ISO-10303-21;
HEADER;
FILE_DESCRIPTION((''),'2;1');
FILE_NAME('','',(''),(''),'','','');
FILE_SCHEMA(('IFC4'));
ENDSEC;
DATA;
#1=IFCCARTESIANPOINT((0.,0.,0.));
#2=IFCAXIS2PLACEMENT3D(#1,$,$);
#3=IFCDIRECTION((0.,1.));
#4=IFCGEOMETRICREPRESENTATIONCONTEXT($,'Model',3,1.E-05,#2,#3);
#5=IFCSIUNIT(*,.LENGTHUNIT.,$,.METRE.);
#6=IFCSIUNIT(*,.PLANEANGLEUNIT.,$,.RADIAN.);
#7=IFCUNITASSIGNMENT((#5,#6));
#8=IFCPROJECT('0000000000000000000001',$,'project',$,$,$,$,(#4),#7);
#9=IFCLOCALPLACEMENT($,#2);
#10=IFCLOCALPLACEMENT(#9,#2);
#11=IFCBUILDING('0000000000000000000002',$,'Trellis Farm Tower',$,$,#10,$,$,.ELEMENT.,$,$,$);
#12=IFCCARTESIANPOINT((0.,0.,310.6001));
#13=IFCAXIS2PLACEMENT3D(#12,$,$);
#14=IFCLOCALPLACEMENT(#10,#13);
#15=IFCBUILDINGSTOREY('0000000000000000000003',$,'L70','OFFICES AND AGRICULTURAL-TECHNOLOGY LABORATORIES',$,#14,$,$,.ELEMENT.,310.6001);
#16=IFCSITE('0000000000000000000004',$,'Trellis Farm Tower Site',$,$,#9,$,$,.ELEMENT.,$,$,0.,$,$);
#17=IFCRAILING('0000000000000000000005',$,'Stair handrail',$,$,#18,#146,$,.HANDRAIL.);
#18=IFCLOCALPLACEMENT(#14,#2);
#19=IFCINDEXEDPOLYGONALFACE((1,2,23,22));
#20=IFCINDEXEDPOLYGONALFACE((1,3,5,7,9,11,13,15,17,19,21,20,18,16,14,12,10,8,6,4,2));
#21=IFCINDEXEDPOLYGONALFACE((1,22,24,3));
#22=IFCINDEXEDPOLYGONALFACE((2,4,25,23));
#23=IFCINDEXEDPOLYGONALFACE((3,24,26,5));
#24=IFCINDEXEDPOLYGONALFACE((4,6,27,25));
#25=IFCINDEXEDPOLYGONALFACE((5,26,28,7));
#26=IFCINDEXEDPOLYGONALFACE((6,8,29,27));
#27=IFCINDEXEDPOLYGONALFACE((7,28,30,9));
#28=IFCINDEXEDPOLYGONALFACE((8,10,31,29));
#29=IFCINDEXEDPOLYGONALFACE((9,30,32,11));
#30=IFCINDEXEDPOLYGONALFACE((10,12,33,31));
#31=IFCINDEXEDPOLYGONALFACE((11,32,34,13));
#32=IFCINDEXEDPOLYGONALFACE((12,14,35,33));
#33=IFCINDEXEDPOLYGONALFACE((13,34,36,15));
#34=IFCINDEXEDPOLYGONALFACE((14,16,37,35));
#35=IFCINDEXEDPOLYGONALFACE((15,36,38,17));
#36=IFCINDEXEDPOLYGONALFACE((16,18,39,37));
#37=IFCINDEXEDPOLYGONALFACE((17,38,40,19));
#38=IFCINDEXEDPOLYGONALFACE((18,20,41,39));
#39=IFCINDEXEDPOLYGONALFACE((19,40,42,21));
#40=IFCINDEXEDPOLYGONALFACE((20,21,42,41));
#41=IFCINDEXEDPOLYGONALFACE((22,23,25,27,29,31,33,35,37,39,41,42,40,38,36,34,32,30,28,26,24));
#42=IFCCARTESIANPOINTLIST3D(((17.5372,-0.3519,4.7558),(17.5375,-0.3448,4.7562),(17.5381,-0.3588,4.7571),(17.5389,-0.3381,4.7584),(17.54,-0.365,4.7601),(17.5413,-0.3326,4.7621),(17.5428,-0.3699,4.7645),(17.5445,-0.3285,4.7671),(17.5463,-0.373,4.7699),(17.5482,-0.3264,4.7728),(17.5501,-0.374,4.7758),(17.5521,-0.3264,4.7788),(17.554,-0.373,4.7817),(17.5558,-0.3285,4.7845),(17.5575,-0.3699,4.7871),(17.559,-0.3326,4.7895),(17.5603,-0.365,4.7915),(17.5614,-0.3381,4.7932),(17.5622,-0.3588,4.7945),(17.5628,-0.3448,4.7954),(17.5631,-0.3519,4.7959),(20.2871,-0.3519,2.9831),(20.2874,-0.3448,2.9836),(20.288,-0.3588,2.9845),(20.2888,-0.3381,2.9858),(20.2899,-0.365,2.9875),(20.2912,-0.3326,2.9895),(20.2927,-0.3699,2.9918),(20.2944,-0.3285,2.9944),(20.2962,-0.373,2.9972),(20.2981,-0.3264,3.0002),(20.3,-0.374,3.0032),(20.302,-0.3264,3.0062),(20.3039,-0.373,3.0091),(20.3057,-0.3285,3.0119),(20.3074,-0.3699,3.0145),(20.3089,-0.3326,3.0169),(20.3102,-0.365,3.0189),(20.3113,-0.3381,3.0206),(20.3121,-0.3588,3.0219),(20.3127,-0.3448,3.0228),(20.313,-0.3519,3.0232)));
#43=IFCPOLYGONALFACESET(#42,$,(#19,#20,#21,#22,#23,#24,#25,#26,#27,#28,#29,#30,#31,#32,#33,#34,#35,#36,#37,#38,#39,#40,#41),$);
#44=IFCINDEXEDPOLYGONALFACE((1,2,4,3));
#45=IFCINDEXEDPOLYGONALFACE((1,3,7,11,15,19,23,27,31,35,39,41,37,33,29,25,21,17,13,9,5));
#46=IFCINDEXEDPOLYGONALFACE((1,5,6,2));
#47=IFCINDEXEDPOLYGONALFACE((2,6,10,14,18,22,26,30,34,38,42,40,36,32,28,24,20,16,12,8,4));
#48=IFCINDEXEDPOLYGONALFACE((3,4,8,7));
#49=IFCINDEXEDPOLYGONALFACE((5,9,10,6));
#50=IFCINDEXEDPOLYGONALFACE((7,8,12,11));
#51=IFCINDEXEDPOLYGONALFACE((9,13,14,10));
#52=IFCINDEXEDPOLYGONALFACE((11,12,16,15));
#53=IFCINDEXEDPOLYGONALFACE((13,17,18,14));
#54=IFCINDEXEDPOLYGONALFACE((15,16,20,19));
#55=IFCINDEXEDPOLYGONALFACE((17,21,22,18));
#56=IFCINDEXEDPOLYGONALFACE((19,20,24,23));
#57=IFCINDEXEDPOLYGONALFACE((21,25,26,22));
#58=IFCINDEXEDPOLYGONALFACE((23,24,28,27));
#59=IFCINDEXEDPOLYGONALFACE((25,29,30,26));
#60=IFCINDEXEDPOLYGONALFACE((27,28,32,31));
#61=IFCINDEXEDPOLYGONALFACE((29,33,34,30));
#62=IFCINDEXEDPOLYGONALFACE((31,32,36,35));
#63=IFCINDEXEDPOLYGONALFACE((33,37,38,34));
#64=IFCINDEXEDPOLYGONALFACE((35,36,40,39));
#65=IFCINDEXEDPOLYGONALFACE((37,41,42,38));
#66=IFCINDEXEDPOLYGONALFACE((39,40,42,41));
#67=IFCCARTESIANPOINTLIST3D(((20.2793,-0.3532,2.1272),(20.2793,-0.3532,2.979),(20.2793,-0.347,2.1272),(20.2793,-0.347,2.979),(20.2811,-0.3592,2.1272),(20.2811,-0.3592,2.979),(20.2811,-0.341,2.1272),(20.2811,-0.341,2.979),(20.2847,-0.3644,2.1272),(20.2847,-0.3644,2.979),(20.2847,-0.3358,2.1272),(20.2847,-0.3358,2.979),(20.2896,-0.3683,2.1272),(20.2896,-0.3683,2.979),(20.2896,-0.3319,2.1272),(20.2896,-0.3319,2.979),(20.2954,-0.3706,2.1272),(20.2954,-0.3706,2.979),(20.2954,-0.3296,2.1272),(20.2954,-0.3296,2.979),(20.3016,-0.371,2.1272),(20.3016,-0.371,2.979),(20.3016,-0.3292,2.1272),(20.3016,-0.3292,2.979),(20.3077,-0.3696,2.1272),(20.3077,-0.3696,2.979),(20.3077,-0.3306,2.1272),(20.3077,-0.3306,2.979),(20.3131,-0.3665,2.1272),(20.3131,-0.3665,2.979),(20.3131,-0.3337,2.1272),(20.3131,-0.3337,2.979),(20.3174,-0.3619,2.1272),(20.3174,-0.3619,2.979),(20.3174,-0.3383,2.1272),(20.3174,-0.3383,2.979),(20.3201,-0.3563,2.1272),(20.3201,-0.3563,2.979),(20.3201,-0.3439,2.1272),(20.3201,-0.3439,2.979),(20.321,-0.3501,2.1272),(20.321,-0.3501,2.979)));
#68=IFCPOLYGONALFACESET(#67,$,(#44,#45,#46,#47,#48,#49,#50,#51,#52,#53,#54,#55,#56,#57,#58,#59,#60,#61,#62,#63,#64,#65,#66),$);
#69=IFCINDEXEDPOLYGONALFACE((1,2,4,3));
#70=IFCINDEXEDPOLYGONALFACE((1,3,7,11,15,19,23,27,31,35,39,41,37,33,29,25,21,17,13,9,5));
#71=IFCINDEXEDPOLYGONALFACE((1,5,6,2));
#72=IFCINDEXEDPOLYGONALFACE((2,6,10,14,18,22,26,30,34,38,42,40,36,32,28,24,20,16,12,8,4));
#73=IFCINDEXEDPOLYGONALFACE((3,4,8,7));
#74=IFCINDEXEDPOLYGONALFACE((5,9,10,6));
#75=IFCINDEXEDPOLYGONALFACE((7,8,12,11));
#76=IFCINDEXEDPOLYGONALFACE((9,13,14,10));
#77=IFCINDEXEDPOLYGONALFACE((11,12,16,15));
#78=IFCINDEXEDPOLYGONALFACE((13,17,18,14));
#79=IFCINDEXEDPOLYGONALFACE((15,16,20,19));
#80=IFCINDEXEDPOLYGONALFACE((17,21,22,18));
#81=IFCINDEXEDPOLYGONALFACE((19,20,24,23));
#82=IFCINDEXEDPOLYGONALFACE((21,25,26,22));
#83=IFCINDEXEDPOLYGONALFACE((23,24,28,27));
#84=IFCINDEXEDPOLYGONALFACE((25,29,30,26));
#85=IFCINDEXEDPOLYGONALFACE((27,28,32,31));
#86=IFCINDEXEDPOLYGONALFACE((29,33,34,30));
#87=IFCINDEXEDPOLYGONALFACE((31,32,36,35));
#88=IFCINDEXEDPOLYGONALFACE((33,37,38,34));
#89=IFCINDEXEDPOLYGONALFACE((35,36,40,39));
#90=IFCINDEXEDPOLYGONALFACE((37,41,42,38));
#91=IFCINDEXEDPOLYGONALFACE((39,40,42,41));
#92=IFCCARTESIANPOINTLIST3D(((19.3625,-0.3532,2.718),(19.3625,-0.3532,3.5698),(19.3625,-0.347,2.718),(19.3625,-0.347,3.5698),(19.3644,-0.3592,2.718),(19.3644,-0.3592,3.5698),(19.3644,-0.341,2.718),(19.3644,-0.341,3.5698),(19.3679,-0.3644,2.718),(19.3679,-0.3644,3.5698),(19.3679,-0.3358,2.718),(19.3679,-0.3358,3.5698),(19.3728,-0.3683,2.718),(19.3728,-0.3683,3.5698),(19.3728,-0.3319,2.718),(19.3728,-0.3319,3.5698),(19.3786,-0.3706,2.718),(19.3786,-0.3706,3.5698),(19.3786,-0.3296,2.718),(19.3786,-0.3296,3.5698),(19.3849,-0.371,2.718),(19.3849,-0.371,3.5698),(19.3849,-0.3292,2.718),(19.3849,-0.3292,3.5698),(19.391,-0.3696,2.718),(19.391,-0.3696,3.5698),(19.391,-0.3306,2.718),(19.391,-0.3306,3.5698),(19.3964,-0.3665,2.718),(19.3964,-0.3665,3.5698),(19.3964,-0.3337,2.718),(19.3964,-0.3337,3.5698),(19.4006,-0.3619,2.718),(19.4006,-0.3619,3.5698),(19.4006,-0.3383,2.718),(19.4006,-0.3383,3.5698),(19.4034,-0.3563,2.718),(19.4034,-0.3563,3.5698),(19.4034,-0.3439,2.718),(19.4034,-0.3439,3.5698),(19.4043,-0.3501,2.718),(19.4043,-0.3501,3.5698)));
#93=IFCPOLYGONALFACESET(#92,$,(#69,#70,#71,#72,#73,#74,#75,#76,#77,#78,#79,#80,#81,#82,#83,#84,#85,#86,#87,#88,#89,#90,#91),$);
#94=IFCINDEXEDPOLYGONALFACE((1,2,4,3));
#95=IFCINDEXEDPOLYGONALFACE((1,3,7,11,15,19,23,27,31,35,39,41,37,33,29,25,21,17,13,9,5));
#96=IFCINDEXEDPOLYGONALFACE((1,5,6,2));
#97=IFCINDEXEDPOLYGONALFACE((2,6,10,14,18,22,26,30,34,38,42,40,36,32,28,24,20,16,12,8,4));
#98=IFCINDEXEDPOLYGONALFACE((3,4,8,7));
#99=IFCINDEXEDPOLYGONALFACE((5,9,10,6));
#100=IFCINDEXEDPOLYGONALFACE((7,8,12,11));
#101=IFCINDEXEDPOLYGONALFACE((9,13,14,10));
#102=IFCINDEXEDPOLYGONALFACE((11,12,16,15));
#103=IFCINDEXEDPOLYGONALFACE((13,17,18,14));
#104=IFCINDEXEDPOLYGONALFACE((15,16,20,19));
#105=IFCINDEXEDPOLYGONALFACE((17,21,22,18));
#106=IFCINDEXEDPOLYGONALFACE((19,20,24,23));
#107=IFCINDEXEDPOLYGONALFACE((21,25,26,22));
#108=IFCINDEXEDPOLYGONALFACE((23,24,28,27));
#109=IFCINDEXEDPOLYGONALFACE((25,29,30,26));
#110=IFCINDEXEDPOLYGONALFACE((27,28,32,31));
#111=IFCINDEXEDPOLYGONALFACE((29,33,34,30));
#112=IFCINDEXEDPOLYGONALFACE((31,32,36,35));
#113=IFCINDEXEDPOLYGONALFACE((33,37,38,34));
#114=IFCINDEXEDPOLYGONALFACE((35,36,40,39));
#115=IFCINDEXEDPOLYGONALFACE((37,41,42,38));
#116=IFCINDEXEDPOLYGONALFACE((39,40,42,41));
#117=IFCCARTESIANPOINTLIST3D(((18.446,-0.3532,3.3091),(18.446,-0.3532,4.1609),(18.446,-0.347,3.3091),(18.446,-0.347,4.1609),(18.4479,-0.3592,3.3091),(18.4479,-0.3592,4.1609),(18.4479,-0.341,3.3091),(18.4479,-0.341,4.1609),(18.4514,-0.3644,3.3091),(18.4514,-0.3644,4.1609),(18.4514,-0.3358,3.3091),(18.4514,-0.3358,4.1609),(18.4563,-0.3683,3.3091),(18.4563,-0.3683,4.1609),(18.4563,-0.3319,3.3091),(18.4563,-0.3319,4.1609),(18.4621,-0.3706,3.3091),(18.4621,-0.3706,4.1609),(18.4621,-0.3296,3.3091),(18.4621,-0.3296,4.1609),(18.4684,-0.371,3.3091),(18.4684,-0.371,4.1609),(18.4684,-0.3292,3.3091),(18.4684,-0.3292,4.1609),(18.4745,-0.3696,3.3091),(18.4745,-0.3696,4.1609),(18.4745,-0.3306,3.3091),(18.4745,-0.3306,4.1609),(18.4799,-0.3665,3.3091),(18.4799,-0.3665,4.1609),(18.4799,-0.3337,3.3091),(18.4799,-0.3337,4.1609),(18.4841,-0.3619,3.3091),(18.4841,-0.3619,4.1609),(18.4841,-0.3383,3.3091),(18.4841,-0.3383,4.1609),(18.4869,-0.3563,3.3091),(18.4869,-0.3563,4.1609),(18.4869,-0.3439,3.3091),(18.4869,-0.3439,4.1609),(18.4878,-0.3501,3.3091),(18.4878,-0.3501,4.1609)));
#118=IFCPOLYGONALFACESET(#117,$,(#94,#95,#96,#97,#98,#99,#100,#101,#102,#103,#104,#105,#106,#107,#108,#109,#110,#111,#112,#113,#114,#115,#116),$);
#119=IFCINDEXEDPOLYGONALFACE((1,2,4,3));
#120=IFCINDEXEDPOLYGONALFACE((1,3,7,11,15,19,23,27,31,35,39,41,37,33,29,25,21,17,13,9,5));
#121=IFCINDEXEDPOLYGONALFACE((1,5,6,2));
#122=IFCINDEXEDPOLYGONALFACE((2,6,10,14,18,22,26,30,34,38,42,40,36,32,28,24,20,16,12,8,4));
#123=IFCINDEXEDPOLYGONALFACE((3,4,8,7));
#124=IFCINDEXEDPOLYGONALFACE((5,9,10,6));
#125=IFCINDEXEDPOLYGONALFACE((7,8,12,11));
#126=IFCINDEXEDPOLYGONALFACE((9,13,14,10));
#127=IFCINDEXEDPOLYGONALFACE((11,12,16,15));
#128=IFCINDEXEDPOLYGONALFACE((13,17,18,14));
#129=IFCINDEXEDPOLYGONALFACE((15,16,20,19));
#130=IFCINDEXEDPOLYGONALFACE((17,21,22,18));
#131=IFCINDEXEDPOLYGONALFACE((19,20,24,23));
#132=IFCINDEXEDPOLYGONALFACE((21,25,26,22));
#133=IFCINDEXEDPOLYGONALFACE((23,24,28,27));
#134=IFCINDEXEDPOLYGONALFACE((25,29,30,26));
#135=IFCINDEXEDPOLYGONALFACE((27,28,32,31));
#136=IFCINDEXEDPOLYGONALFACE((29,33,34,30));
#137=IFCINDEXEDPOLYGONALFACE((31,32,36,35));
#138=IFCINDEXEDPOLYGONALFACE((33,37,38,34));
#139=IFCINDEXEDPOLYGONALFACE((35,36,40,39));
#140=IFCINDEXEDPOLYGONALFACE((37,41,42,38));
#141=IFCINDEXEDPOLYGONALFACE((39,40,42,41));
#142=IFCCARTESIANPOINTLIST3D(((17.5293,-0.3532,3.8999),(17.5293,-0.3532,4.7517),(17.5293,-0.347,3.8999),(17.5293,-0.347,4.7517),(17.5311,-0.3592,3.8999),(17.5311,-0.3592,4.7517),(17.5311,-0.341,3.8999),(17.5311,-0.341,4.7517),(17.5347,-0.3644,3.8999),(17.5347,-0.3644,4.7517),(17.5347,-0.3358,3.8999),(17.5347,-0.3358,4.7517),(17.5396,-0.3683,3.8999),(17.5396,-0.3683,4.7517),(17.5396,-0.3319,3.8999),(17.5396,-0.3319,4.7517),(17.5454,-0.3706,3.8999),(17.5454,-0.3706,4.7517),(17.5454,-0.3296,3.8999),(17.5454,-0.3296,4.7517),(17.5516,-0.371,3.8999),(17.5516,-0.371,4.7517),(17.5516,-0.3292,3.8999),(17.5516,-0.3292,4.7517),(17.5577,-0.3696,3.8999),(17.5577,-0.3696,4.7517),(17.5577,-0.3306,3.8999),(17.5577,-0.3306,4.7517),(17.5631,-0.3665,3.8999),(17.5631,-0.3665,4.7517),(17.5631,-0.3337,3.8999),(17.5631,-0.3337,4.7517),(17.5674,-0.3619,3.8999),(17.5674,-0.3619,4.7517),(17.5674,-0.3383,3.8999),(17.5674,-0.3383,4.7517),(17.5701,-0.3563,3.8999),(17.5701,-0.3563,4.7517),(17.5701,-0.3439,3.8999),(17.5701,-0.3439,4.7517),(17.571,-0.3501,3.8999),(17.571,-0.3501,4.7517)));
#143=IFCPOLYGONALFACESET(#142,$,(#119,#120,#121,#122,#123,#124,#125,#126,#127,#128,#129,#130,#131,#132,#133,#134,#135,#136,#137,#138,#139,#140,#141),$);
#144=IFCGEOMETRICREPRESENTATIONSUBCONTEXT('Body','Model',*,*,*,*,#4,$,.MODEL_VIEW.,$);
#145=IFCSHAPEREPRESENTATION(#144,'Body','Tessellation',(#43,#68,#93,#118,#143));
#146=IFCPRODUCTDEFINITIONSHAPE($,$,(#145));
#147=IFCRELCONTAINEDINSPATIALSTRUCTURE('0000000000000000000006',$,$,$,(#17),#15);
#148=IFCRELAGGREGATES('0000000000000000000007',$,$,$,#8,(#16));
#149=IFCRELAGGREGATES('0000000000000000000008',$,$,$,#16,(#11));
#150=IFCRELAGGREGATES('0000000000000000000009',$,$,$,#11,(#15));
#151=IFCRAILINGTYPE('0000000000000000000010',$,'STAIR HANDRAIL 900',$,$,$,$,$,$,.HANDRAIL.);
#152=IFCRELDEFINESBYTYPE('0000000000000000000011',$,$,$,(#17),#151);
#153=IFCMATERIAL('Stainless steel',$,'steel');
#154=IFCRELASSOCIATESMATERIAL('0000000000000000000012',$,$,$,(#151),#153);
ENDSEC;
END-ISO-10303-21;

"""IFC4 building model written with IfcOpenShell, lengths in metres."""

from ifc_helpers import new_model, si_unit, direction, frame, origin, origin_2d, place, context, subcontext, project, spatial, circle, extrude, source, transform, mapped, material, type_object, element, save


model = new_model("IFC4")

# Units and contexts
model_context = context("Model", 3, precision=1e-05, world=origin(), true_north=direction((0.0, 1.0)))
body_context = subcontext(model_context, "Body", "Model", "MODEL_VIEW")
ifc_project = project(units=[si_unit("LENGTHUNIT", "METRE"), si_unit("PLANEANGLEUNIT", "RADIAN")], contexts=[model_context])

# Site, building, storey
site_placement = place(None, origin())
site = spatial("IfcSite", under=ifc_project, at=site_placement, Name="Trellis Farm Tower Site", CompositionType="ELEMENT", RefElevation=0.0)
building_placement = place(site_placement, origin())
building = spatial("IfcBuilding", under=site, at=building_placement, Name="Trellis Farm Tower", CompositionType="ELEMENT")
storey_placement = place(building_placement, frame((0.0, 0.0, 310.6001)))
storey = spatial("IfcBuildingStorey", under=building, at=storey_placement, Name="L70", Description="OFFICES AND AGRICULTURAL-TECHNOLOGY LABORATORIES", CompositionType="ELEMENT", Elevation=310.6001)

# Railing
ifc_material_1 = material(Name="Stainless steel", Category="steel")
railing_type = type_object("IfcRailingType", Name="STAIR HANDRAIL 900", PredefinedType="HANDRAIL", material=ifc_material_1)
shared_shape_1 = source(origin(), body_context, "Body", "SweptSolid", [
    extrude(circle(Radius=0.0239, at=origin_2d()), frame((0.0, 0.0, 0.876), z_axis=(-0.840504, 0.0, 0.541806), x_axis=(0.0, -1.0, 0.0)), (0.0, 0.0, 1.0), 3.2717),
    extrude(circle(Radius=0.021, at=origin_2d()), origin(), (0.0, 0.0, 1.0), 0.8518),
    extrude(circle(Radius=0.021, at=origin_2d()), frame((-0.9167, 0.0, 0.5908)), (0.0, 0.0, 1.0), 0.8518),
    extrude(circle(Radius=0.021, at=origin_2d()), frame((-1.8333, 0.0, 1.1819)), (0.0, 0.0, 1.0), 0.8518),
    extrude(circle(Radius=0.021, at=origin_2d()), frame((-2.75, 0.0, 1.7727)), (0.0, 0.0, 1.0), 0.8518),
])
for number, where, name in (
    (1, (20.3, -0.3501, 2.1272), "Stair handrail"),
):
    element("IfcRailing", number, at=place(storey_placement, frame(where)), inside=storey, type_object=railing_type, Name=name, PredefinedType="HANDRAIL", context=body_context, shape_type="MappedRepresentation", body=[
        mapped(shared_shape_1, transform((0.0, 0.0, 0.0))),
    ])

save(model, "model.ifc")
